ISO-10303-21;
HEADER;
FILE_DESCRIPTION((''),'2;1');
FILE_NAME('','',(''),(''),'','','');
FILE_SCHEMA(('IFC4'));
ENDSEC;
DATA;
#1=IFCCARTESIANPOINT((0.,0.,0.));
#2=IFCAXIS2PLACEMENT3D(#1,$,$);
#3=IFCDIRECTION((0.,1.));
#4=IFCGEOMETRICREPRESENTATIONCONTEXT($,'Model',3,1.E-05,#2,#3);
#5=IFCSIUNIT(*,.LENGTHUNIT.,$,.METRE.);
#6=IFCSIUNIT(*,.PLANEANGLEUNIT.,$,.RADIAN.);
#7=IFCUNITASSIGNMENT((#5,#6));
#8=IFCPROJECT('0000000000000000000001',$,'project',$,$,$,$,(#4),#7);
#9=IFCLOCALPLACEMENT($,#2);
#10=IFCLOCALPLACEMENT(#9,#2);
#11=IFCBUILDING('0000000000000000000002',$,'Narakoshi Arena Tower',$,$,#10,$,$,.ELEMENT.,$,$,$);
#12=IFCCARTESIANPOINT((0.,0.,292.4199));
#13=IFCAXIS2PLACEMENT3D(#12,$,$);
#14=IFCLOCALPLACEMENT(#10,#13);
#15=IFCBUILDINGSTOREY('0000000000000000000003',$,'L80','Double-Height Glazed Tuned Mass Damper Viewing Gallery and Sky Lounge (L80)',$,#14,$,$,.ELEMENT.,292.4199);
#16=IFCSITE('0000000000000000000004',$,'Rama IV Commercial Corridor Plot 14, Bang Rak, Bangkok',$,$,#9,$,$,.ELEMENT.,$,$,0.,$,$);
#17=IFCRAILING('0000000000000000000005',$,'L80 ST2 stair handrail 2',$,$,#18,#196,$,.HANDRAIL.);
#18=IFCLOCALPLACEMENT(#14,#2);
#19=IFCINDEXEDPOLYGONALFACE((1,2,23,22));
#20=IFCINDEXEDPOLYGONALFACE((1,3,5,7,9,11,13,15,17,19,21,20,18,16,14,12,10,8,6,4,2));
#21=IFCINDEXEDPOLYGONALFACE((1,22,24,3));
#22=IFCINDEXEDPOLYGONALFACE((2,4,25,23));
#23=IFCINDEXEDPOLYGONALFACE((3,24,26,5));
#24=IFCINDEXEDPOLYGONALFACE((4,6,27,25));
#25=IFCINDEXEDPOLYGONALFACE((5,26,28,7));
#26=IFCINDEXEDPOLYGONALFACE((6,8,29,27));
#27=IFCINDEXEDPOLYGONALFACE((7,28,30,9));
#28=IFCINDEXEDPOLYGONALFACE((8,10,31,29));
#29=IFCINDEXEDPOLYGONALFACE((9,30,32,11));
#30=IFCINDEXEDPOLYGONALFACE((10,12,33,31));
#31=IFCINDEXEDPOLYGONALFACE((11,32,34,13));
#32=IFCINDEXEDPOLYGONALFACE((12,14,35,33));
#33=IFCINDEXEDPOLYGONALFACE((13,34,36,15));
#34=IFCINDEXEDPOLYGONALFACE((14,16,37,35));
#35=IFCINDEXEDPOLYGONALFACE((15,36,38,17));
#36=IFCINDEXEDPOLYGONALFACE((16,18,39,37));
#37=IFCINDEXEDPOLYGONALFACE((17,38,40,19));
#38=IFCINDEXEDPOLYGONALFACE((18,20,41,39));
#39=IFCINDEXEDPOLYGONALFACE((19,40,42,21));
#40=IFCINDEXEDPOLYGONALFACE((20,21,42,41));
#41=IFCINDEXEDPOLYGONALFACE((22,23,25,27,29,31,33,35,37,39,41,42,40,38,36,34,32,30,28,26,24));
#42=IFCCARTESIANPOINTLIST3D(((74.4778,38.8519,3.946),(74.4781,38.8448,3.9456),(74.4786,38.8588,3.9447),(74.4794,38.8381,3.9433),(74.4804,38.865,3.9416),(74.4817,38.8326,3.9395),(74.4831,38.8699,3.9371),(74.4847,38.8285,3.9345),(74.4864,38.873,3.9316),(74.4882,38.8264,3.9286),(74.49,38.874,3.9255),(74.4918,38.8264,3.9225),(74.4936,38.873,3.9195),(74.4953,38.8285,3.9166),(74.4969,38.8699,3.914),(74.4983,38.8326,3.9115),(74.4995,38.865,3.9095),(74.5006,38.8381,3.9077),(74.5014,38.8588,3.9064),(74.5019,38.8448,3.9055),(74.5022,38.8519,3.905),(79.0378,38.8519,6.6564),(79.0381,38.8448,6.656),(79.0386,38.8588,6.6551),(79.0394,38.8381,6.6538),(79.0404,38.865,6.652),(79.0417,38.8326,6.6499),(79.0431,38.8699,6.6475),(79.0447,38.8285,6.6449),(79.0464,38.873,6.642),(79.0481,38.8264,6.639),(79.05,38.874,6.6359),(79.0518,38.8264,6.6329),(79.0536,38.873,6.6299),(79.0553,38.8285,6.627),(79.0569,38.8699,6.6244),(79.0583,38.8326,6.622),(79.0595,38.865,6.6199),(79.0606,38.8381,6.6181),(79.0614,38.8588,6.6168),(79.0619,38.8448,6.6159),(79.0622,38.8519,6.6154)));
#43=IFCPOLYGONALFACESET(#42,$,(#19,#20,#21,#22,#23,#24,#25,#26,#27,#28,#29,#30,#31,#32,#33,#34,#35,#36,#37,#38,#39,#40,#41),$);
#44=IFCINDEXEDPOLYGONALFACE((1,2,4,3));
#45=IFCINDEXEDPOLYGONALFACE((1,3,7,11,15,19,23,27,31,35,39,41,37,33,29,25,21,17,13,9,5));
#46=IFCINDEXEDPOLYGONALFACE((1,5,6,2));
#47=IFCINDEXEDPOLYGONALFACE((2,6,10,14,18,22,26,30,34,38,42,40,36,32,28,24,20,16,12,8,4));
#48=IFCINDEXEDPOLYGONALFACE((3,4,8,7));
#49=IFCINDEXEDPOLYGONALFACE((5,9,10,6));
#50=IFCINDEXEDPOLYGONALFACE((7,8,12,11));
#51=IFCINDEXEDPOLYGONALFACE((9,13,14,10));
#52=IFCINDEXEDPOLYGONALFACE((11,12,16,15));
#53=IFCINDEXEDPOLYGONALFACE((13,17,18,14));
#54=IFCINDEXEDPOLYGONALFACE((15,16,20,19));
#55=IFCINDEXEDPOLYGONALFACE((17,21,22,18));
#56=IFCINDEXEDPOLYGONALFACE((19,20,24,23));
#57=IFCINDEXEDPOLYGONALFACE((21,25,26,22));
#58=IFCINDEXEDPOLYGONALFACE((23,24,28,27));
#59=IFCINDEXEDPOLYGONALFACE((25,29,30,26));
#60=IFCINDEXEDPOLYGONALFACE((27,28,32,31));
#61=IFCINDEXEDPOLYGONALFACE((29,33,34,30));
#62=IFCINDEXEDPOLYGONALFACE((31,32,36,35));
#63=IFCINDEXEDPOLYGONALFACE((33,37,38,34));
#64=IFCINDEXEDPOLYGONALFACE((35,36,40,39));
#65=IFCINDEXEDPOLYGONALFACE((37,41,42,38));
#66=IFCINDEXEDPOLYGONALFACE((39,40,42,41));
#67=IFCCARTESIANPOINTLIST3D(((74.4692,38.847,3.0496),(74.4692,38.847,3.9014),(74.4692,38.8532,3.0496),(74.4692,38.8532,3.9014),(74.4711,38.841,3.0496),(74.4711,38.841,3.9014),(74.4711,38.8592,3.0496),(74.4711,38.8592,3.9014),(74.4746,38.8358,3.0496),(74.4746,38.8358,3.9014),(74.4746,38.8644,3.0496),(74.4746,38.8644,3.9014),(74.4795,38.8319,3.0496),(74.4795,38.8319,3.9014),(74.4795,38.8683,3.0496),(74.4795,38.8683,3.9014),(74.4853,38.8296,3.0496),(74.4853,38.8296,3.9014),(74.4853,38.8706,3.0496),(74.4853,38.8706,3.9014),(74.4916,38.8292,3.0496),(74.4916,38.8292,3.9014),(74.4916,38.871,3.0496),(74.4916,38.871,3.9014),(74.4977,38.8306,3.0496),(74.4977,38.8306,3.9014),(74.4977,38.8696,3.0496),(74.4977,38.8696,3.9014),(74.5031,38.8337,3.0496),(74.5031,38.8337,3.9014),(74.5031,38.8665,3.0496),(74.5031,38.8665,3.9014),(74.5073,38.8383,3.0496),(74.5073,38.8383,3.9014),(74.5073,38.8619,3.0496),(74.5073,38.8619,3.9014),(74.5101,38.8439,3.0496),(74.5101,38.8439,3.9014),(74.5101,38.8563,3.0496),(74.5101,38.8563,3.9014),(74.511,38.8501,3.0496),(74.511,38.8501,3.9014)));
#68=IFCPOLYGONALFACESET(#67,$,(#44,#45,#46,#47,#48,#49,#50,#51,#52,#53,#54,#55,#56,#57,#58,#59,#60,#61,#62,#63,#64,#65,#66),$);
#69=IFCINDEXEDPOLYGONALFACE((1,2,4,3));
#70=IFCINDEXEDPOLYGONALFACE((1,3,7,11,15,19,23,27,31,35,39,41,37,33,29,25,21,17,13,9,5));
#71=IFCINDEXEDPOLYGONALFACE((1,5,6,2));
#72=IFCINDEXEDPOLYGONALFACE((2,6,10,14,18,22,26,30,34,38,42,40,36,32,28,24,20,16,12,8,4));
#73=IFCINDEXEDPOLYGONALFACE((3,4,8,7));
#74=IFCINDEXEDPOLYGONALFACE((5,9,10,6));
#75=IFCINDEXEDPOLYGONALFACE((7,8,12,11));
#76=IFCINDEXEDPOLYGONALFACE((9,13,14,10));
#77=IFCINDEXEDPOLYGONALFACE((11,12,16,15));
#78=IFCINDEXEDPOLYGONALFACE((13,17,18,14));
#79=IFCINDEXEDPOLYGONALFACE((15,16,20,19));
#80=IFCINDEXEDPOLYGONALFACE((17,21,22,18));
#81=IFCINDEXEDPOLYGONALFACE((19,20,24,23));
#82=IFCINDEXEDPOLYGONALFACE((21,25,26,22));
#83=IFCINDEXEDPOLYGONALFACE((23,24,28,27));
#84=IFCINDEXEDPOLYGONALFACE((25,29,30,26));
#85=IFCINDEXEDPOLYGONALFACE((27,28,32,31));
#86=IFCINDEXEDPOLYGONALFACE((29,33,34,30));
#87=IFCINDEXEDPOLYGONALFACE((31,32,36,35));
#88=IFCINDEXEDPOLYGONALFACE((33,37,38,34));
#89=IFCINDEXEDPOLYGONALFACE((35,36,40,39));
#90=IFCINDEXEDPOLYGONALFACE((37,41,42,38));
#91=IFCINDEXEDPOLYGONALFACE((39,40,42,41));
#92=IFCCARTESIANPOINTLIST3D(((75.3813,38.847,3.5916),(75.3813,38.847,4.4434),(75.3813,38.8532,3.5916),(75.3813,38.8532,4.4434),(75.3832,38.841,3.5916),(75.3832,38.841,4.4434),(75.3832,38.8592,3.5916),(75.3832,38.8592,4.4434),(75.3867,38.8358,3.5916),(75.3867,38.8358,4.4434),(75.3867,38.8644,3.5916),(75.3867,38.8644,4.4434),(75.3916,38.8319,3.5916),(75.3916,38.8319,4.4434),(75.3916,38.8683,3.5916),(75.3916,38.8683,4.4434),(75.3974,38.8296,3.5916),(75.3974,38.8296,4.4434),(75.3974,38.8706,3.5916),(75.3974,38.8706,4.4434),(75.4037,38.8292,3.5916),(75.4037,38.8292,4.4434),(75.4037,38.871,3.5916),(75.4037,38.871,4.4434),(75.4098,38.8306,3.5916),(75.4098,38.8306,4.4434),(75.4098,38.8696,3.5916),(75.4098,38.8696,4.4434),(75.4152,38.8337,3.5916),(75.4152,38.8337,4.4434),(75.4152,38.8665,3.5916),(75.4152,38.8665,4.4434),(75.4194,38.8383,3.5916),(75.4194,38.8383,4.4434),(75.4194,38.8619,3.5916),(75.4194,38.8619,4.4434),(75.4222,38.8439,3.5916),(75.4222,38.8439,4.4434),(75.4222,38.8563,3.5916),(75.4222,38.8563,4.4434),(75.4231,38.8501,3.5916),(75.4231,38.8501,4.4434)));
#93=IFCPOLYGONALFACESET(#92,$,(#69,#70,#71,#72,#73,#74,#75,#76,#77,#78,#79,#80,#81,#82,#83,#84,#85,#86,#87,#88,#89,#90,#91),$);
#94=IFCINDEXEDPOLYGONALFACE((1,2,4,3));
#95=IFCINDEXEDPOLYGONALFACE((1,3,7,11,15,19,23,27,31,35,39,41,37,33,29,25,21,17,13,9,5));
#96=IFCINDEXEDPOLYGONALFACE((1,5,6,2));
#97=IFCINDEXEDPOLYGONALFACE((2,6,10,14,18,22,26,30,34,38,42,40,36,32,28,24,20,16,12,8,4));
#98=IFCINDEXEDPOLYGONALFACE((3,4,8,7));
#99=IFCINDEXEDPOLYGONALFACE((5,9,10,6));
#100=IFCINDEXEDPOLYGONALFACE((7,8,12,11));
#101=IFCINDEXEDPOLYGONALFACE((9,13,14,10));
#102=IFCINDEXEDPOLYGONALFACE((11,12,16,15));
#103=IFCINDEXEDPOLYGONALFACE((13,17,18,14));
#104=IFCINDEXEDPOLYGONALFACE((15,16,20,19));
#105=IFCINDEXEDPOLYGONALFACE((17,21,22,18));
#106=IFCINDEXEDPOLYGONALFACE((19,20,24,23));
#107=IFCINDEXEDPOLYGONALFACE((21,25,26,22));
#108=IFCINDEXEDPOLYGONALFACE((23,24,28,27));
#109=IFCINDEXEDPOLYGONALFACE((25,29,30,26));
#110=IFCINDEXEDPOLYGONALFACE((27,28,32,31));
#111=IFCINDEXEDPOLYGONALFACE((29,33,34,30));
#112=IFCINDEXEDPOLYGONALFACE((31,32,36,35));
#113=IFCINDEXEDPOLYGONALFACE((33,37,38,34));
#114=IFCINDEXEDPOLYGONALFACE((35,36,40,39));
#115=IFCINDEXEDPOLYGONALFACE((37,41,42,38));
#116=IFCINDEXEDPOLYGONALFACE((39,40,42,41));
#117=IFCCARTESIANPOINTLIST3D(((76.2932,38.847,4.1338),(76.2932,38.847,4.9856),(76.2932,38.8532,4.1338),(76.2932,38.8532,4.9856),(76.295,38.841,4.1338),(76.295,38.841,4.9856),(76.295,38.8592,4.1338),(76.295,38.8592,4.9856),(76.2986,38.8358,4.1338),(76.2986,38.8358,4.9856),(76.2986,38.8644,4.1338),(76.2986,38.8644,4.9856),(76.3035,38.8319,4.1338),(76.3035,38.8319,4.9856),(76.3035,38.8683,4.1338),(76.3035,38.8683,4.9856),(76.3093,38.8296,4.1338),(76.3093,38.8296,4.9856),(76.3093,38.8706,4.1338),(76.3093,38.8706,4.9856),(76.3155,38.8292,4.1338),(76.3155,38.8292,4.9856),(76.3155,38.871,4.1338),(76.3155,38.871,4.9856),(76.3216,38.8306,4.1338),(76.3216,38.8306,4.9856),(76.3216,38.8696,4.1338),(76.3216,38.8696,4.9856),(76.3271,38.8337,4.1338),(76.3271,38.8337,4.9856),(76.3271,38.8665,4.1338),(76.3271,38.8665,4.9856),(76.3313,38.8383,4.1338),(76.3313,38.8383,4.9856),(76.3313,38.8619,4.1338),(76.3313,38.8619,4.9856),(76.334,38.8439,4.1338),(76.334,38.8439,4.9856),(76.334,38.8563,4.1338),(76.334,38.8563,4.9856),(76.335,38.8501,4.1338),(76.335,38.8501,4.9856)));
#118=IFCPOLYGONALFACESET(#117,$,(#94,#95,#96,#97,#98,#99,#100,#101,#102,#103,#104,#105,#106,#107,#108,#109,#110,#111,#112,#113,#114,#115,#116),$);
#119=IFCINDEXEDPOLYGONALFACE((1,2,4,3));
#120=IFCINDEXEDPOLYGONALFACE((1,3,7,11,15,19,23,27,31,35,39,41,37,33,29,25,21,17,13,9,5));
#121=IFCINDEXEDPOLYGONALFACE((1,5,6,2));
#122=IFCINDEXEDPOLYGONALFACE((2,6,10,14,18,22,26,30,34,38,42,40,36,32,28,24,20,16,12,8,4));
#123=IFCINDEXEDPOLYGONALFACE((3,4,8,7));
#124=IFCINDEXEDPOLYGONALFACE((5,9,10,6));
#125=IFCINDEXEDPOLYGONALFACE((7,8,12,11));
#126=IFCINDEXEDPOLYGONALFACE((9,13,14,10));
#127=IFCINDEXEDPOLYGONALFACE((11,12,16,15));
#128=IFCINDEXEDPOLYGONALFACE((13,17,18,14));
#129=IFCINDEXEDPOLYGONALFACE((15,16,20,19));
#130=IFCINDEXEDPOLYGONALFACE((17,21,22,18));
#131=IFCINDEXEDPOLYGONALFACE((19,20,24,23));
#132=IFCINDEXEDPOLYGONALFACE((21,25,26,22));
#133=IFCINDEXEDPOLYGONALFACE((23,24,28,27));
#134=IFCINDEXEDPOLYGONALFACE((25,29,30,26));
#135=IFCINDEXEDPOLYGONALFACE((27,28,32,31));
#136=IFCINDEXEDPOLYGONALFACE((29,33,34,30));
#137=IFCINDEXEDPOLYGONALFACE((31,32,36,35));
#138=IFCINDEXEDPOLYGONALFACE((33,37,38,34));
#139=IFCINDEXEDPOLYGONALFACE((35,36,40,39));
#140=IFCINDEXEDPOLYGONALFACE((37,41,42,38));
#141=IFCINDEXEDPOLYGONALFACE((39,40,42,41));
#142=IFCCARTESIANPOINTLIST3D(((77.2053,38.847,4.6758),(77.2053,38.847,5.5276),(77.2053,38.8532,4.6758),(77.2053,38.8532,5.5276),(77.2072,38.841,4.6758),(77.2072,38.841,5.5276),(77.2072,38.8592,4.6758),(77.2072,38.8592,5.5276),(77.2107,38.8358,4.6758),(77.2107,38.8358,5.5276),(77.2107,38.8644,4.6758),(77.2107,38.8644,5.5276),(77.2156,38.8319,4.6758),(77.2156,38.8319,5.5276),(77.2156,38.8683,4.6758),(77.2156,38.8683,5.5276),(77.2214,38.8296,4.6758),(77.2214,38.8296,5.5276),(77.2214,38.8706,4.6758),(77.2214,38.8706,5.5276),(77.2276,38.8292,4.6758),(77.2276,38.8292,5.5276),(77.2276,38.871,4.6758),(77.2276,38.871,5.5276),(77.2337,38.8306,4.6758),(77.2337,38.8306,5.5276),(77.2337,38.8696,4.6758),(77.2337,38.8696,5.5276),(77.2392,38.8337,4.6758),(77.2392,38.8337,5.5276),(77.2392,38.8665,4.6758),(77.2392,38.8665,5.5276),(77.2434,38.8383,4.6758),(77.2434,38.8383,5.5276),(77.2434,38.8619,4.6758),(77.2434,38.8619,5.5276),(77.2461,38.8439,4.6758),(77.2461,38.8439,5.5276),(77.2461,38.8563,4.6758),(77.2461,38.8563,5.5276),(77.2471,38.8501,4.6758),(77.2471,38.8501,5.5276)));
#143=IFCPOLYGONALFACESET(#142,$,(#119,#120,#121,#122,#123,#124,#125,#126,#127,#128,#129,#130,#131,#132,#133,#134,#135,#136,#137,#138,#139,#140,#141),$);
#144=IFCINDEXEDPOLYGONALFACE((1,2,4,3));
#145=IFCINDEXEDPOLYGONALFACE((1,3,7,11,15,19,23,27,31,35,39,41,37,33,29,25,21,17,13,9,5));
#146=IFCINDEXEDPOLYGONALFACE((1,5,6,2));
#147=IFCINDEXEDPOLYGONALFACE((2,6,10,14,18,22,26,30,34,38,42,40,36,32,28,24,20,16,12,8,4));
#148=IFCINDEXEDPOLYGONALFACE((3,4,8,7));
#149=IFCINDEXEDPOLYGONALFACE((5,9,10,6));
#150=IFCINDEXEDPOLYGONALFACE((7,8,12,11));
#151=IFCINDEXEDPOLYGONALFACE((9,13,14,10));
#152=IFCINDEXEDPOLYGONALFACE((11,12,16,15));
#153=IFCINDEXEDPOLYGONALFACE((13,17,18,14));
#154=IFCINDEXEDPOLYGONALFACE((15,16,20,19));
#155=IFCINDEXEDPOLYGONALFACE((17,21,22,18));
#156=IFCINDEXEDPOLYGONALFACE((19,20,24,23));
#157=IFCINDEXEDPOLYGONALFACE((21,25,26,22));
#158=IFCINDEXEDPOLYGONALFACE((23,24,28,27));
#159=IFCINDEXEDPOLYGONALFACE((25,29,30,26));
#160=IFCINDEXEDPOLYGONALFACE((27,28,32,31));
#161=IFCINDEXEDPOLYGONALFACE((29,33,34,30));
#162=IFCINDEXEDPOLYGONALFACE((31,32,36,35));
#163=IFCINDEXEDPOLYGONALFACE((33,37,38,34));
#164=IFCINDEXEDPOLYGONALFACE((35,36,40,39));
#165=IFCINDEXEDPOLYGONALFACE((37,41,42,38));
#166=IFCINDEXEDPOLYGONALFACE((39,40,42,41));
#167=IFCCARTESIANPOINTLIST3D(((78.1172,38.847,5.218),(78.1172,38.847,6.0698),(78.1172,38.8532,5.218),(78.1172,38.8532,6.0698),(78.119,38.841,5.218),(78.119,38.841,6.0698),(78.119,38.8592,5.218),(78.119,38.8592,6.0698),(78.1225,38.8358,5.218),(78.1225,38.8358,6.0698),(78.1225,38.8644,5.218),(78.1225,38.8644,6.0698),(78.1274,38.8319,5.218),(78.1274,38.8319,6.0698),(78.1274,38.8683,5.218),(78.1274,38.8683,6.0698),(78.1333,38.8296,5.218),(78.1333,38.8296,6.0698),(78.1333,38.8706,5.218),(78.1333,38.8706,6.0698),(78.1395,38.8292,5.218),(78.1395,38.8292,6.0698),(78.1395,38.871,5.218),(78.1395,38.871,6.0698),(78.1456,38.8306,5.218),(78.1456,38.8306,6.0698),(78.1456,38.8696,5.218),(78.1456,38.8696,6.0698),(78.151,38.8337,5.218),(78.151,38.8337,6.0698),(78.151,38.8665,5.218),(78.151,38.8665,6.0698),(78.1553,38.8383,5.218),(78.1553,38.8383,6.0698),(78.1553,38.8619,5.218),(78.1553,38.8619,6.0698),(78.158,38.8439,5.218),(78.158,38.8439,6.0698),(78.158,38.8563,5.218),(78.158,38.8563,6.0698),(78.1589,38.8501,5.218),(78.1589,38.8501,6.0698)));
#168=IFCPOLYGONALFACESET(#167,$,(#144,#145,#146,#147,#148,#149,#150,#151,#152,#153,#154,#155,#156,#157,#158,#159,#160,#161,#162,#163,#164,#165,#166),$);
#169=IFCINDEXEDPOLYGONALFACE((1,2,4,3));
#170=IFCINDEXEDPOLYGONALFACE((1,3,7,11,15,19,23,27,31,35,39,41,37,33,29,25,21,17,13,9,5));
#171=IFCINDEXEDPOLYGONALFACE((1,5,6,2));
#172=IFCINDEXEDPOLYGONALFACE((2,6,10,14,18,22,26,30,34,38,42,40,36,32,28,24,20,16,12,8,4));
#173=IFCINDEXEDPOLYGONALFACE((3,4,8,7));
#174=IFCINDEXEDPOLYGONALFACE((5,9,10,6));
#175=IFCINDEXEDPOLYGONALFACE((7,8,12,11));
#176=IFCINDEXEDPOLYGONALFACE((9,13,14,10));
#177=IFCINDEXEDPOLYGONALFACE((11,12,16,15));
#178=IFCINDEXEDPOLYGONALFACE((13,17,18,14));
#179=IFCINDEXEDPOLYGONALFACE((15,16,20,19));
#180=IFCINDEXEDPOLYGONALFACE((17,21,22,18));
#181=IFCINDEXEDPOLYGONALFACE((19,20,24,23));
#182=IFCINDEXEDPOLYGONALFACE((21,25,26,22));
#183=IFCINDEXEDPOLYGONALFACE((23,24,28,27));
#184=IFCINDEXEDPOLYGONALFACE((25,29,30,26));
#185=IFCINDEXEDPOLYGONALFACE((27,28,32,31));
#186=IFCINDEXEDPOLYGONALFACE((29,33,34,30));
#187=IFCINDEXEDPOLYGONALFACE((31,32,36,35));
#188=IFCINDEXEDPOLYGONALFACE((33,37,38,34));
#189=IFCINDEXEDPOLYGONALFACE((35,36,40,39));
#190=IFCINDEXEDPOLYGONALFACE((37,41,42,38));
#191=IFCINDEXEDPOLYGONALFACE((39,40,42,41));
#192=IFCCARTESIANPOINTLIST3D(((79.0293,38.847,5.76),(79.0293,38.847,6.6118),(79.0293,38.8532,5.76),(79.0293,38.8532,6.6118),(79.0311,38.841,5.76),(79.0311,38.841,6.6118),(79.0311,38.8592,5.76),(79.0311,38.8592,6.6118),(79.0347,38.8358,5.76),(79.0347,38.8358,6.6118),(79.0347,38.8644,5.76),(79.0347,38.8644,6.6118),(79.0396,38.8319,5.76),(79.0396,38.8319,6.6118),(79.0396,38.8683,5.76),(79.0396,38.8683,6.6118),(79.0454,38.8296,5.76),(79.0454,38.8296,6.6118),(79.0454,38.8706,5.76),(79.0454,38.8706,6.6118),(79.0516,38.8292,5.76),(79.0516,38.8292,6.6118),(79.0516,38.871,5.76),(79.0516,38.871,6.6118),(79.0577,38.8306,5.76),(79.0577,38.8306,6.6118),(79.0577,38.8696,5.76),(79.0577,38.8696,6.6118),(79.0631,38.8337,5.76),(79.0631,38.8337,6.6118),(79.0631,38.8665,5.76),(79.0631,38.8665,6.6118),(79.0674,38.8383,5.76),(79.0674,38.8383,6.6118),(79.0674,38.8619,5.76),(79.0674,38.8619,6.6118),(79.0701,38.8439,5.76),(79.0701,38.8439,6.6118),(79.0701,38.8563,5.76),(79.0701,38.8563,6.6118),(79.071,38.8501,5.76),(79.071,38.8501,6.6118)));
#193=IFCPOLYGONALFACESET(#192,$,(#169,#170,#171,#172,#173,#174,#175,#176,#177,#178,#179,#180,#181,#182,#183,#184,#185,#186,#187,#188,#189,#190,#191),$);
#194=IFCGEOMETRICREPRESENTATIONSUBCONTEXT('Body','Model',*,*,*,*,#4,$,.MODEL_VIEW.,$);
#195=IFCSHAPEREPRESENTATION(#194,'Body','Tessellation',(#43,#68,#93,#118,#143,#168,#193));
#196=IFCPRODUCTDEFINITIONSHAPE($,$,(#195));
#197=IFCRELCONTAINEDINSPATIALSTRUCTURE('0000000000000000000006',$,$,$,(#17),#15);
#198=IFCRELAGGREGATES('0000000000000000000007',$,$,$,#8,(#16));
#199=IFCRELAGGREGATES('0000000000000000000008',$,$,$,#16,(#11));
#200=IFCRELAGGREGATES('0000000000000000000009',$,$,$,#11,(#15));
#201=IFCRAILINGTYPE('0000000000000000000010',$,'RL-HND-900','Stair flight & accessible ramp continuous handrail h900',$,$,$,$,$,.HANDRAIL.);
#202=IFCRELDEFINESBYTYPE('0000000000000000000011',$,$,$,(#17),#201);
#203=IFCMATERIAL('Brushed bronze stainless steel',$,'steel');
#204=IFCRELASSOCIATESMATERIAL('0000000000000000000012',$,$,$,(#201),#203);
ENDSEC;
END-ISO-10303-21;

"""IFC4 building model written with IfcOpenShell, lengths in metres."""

from ifc_helpers import new_model, si_unit, direction, frame, origin, origin_2d, place, context, subcontext, project, spatial, circle, extrude, material, type_object, element, save


model = new_model("IFC4")

# Units and contexts
model_context = context("Model", 3, precision=1e-05, world=origin(), true_north=direction((0.0, 1.0)))
body_context = subcontext(model_context, "Body", "Model", "MODEL_VIEW")
ifc_project = project(units=[si_unit("LENGTHUNIT", "METRE"), si_unit("PLANEANGLEUNIT", "RADIAN")], contexts=[model_context])

# Site, building, storey
site_placement = place(None, origin())
site = spatial("IfcSite", under=ifc_project, at=site_placement, Name="Rama IV Commercial Corridor Plot 14, Bang Rak, Bangkok", CompositionType="ELEMENT", RefElevation=0.0)
building_placement = place(site_placement, origin())
building = spatial("IfcBuilding", under=site, at=building_placement, Name="Narakoshi Arena Tower", CompositionType="ELEMENT")
storey_placement = place(building_placement, frame((0.0, 0.0, 292.4199)))
storey = spatial("IfcBuildingStorey", under=building, at=storey_placement, Name="L80", Description="Double-Height Glazed Tuned Mass Damper Viewing Gallery and Sky Lounge (L80)", CompositionType="ELEMENT", Elevation=292.4199)

# Shared definitions
ifc_material_1 = material(Name="Brushed bronze stainless steel", Category="steel")

# Railing
railing_type_1 = type_object("IfcRailingType", Name="RL-HND-900", Description="Stair flight & accessible ramp continuous handrail h900", PredefinedType="HANDRAIL", material=ifc_material_1)
railing_1_placement = place(storey_placement, frame((74.49, 38.8501, 3.0496)))
element("IfcRailing", 1, at=railing_1_placement, inside=storey, type_object=railing_type_1, Name="L80 ST2 stair handrail 2", PredefinedType="HANDRAIL", context=body_context, shape_type="SweptSolid", body=[
    extrude(circle(Radius=0.0239, at=origin_2d()), frame((0.0, 0.0, 0.876), z_axis=(0.859613, 0.0, 0.510945), x_axis=(0.0, 1.0, 0.0)), (0.0, 0.0, 1.0), 5.3047),
    extrude(circle(Radius=0.021, at=origin_2d()), origin(), (0.0, 0.0, 1.0), 0.8518),
    extrude(circle(Radius=0.021, at=origin_2d()), frame((0.9121, 0.0, 0.542)), (0.0, 0.0, 1.0), 0.8518),
    extrude(circle(Radius=0.021, at=origin_2d()), frame((1.824, 0.0, 1.0842)), (0.0, 0.0, 1.0), 0.8518),
    extrude(circle(Radius=0.021, at=origin_2d()), frame((2.7361, 0.0, 1.6262)), (0.0, 0.0, 1.0), 0.8518),
    extrude(circle(Radius=0.021, at=origin_2d()), frame((3.6479, 0.0, 2.1685)), (0.0, 0.0, 1.0), 0.8518),
    extrude(circle(Radius=0.021, at=origin_2d()), frame((4.5601, 0.0, 2.7104)), (0.0, 0.0, 1.0), 0.8518),
])

save(model, "model.ifc")
